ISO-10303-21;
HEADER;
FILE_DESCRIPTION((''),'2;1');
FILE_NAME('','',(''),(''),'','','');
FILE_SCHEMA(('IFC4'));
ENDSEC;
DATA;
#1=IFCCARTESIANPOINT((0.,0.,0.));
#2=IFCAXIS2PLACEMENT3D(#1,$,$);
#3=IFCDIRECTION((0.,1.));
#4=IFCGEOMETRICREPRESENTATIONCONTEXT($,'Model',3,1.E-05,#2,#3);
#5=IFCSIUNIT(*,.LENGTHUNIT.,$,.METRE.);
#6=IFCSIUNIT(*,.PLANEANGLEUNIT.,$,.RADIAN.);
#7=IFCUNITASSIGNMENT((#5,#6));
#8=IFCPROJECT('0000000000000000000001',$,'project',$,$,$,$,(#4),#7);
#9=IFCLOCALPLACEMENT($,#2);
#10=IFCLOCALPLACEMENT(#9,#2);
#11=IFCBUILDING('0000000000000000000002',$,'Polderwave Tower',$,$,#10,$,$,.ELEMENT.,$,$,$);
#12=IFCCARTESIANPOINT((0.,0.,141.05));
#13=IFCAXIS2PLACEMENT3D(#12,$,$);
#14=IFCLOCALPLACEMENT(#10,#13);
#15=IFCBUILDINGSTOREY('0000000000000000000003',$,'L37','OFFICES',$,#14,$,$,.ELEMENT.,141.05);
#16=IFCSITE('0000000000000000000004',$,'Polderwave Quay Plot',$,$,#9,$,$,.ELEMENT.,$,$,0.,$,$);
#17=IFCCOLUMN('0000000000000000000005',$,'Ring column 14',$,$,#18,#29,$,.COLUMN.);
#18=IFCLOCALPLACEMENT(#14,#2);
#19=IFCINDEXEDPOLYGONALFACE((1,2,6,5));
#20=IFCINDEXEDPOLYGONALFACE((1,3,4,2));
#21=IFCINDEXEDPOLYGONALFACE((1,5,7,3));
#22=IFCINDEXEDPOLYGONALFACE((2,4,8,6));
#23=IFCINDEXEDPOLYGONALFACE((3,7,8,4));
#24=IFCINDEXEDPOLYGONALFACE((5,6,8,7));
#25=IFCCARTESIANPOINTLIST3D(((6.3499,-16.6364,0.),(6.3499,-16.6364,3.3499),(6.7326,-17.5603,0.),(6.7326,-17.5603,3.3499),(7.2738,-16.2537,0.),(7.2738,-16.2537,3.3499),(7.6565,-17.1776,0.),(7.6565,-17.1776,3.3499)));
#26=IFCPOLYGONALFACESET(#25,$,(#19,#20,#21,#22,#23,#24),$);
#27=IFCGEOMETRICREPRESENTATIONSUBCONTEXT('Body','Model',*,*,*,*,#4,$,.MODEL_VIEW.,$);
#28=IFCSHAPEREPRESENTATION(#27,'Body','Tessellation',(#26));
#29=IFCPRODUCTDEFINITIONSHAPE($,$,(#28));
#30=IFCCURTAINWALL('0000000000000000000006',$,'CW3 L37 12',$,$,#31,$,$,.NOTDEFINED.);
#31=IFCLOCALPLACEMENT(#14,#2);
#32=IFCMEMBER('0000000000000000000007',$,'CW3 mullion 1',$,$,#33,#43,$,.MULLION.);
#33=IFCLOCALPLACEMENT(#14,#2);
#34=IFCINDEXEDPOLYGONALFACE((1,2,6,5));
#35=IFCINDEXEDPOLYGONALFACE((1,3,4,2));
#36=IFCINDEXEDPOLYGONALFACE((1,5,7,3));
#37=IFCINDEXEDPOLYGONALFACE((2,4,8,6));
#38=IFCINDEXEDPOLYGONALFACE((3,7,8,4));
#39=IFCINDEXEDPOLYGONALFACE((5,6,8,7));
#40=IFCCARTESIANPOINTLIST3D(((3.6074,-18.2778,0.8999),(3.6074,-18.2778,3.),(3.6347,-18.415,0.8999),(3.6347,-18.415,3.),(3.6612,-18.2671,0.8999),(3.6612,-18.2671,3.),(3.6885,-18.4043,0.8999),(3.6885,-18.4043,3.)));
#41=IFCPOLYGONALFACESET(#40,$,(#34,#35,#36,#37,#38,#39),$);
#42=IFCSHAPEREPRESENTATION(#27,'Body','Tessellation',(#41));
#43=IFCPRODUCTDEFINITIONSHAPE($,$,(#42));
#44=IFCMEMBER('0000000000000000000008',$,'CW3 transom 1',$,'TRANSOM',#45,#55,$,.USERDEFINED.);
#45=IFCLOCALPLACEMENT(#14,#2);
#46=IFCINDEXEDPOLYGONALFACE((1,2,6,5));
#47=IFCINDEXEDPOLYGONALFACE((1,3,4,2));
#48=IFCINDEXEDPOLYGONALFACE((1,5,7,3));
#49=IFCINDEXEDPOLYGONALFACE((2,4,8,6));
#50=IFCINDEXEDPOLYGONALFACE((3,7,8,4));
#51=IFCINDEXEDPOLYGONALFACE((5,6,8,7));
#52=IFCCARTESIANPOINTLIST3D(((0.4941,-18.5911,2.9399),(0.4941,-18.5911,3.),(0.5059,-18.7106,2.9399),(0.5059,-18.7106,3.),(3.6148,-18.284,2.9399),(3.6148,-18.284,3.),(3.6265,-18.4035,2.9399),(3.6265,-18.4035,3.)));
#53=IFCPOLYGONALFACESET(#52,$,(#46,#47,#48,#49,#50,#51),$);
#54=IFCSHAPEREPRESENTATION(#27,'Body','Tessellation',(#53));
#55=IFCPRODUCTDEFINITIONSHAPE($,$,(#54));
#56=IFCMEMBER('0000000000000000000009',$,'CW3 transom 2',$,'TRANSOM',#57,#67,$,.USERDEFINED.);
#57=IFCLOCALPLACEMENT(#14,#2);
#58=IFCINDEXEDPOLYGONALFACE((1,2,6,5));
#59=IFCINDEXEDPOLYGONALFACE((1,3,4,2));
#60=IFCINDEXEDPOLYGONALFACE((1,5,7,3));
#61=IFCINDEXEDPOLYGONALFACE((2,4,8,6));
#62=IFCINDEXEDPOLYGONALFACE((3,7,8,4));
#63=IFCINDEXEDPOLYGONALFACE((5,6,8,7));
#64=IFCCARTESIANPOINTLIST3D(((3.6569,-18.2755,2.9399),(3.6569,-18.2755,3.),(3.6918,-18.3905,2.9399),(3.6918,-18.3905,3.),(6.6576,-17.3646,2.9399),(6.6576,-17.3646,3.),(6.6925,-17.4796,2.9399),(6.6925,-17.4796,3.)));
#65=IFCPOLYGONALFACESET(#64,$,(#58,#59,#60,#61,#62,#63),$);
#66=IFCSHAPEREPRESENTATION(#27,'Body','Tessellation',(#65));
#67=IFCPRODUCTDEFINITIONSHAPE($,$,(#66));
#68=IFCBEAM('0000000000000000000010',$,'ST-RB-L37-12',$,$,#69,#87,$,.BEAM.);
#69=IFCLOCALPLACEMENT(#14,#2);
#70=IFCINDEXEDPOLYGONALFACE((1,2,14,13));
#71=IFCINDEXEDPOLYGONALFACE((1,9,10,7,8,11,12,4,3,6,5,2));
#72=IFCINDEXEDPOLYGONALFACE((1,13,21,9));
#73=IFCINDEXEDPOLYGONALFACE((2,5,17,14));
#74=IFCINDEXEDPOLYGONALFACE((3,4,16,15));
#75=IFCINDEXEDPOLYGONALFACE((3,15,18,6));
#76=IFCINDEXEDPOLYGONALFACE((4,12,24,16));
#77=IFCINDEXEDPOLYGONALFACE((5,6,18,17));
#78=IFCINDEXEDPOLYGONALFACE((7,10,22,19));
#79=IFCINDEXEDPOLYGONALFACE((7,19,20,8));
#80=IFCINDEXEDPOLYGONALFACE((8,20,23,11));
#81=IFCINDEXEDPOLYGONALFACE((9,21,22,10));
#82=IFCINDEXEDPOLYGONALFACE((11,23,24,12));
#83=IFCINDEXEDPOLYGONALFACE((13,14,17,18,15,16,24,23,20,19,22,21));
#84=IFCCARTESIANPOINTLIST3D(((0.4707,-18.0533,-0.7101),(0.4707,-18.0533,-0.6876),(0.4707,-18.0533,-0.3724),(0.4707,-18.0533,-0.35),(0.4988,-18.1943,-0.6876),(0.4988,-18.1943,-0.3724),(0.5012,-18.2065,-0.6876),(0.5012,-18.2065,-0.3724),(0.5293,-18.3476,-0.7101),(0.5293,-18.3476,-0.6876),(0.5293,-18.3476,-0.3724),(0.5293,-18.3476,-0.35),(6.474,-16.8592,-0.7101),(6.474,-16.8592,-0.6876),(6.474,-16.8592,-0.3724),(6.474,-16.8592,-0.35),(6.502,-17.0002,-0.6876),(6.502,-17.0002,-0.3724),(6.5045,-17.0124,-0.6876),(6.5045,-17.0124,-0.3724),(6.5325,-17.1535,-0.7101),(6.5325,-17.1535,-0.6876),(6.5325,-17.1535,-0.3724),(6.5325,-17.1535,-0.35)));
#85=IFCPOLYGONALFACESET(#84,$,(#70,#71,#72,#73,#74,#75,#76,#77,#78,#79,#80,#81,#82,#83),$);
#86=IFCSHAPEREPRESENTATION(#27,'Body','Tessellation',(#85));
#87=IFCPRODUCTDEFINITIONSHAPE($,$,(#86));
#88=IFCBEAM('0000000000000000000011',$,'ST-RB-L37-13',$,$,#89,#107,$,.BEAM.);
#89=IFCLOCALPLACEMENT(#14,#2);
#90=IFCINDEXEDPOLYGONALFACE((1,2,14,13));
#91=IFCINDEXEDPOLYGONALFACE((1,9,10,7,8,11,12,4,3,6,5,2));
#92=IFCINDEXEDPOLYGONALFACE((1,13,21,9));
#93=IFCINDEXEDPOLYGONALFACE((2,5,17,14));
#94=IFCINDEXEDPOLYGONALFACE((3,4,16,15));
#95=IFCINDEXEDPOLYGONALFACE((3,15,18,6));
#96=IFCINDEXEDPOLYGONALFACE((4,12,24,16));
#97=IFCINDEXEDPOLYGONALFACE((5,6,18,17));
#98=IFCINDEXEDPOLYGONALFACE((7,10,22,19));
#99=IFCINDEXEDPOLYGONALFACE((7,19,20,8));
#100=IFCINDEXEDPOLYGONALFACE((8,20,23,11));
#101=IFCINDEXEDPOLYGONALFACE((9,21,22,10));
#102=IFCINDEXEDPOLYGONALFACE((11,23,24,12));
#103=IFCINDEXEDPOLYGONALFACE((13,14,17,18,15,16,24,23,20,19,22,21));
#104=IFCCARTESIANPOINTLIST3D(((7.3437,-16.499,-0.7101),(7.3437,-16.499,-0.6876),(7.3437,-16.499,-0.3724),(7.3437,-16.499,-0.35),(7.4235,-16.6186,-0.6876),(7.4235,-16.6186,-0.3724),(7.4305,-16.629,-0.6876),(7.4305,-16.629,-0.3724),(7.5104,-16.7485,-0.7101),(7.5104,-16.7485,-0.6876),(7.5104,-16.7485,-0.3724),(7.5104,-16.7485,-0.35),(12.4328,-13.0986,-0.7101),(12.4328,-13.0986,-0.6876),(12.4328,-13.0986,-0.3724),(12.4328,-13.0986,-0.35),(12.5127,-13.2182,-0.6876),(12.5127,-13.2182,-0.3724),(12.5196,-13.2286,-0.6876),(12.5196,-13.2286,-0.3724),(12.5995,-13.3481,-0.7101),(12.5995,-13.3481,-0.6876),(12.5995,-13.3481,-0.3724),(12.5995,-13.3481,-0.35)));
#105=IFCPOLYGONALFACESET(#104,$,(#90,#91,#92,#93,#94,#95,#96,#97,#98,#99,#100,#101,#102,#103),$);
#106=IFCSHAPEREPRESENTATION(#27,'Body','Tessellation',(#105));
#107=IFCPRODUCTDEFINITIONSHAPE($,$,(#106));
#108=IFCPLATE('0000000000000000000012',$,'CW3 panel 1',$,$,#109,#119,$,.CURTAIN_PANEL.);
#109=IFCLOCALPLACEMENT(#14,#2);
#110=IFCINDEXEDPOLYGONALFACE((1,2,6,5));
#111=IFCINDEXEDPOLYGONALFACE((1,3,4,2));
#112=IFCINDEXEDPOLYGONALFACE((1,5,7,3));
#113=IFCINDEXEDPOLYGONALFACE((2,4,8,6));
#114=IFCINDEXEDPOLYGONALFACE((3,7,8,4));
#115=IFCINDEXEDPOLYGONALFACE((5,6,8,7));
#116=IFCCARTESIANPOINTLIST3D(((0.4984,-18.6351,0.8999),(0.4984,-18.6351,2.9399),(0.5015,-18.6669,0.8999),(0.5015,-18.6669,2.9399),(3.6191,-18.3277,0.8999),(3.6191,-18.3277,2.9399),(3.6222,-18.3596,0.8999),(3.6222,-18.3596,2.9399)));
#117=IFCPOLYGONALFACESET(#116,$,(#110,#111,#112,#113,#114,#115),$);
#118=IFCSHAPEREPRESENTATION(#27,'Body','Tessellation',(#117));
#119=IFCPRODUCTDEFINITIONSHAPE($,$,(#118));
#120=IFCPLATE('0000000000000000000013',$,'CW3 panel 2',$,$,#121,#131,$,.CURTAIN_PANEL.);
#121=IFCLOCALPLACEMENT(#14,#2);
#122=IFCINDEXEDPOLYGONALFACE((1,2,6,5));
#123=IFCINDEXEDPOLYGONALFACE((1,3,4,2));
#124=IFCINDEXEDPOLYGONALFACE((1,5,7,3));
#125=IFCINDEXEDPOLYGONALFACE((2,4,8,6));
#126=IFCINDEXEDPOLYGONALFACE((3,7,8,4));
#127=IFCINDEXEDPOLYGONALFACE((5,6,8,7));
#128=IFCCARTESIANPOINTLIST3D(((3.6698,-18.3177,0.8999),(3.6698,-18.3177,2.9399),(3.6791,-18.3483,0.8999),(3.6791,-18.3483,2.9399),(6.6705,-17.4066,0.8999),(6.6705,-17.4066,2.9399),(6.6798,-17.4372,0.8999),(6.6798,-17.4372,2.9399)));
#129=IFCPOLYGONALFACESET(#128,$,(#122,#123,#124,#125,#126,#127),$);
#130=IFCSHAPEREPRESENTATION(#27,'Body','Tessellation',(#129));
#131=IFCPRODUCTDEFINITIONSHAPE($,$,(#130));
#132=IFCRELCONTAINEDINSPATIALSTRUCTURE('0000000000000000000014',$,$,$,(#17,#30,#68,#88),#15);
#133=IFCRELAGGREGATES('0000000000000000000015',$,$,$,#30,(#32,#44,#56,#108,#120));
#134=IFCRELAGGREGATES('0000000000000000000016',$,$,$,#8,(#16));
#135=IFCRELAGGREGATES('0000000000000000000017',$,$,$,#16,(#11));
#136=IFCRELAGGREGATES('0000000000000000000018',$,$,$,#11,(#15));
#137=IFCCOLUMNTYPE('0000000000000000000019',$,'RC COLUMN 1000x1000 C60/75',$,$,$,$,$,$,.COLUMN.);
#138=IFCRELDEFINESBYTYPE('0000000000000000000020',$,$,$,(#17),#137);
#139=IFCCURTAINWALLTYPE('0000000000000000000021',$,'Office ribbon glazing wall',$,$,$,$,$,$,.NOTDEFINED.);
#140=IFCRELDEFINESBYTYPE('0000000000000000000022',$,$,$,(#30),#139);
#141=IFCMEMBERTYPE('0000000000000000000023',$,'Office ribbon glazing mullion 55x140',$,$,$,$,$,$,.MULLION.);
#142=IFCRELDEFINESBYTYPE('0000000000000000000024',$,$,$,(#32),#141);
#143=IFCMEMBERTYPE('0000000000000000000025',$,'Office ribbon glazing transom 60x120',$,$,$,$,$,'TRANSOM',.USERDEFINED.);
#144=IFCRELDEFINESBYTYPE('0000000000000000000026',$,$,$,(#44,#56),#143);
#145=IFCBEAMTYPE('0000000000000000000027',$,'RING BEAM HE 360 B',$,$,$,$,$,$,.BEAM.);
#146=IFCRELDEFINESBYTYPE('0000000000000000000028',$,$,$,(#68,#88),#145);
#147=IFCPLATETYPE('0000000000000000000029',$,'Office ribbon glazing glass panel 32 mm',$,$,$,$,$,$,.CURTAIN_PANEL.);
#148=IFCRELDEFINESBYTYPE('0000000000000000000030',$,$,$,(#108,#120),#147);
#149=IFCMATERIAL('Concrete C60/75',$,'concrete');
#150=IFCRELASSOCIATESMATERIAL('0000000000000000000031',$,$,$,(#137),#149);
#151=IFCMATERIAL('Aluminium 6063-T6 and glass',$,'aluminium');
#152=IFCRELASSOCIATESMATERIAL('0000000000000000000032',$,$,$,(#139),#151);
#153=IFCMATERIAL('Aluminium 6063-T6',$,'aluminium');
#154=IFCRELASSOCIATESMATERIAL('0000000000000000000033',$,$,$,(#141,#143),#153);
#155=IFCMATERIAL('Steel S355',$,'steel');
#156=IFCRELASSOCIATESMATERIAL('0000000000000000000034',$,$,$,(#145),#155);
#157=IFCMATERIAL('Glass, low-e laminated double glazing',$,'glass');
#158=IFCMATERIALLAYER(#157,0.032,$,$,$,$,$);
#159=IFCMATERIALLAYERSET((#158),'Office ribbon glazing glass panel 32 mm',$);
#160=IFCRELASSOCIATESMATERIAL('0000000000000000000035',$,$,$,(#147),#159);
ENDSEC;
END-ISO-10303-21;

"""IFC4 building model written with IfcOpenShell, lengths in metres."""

from ifc_helpers import new_model, si_unit, direction, frame, origin, origin_2d, place, context, subcontext, project, spatial, rectangle, i_section, extrude, material, layer, layer_set, material_profile, profile_set, type_object, element, aggregate, save


model = new_model("IFC4")

# Units and contexts
model_context = context("Model", 3, precision=1e-05, world=origin(), true_north=direction((0.0, 1.0)))
body_context = subcontext(model_context, "Body", "Model", "MODEL_VIEW")
ifc_project = project(units=[si_unit("LENGTHUNIT", "METRE"), si_unit("PLANEANGLEUNIT", "RADIAN")], contexts=[model_context])

# Site, building, storey
site_placement = place(None, origin())
site = spatial("IfcSite", under=ifc_project, at=site_placement, Name="Polderwave Quay Plot", CompositionType="ELEMENT", RefElevation=0.0)
building_placement = place(site_placement, origin())
building = spatial("IfcBuilding", under=site, at=building_placement, Name="Polderwave Tower", CompositionType="ELEMENT")
storey_placement = place(building_placement, frame((0.0, 0.0, 141.05)))
storey = spatial("IfcBuildingStorey", under=building, at=storey_placement, Name="L37", Description="OFFICES", CompositionType="ELEMENT", Elevation=141.05)

# Column
ifc_material_1 = material(Name="Concrete C60/75", Category="concrete")
ifc_material_profile_1 = material_profile(ifc_material_1, rectangle(XDim=1.0, YDim=1.0, at=origin_2d()), Name="RC 1000x1000")
ifc_profile_set_1 = profile_set([ifc_material_profile_1], Name="Concrete C60/75")
column_type = type_object("IfcColumnType", Name="RC COLUMN 1000x1000 C60/75", PredefinedType="COLUMN", material=ifc_profile_set_1)
column_placement = place(storey_placement, frame((7.0032, -16.907, 0.0), z_axis=(0.0, 0.0, 1.0), x_axis=(0.382683, -0.92388, 0.0)))
element("IfcColumn", 1, at=column_placement, inside=storey, type_object=column_type, Name="Ring column 14", PredefinedType="COLUMN", context=body_context, shape_type="SweptSolid", body=[
    extrude(rectangle(XDim=1.0, YDim=1.0, at=origin_2d()), origin(), (0.0, 0.0, 1.0), 3.3499),
])

# Curtain wall, members
ifc_material_2 = material(Name="Aluminium 6063-T6 and glass", Category="aluminium")
curtain_wall_type = type_object("IfcCurtainWallType", Name="Office ribbon glazing wall", PredefinedType="NOTDEFINED", material=ifc_material_2)
curtain_wall_placement = place(storey_placement, origin())
curtain_wall = element("IfcCurtainWall", 2, at=curtain_wall_placement, inside=storey, type_object=curtain_wall_type, Name="CW3 L37 12", PredefinedType="NOTDEFINED")
ifc_material_3 = material(Name="Aluminium 6063-T6", Category="aluminium")
ifc_material_profile_2 = material_profile(ifc_material_3, rectangle(XDim=0.1399, YDim=0.0549, at=origin_2d()), Name="AL 55x140")
ifc_profile_set_2 = profile_set([ifc_material_profile_2], Name="Aluminium 6063-T6")
member_type_1 = type_object("IfcMemberType", Name="Office ribbon glazing mullion 55x140", PredefinedType="MULLION", material=ifc_profile_set_2)
member_1_placement = place(storey_placement, frame((3.6479, -18.3411, 0.8999), z_axis=(0.0, 0.0, 1.0), x_axis=(-0.195196, 0.980764, 0.0)))
member_1 = element("IfcMember", 3, at=member_1_placement, type_object=member_type_1, Name="CW3 mullion 1", PredefinedType="MULLION", context=body_context, shape_type="SweptSolid", body=[
    extrude(rectangle(XDim=0.1399, YDim=0.0549, at=origin_2d()), origin(), (0.0, 0.0, 1.0), 2.1001),
])
ifc_material_profile_3 = material_profile(ifc_material_3, rectangle(XDim=0.1201, YDim=0.0601, at=origin_2d()), Name="AL 60x120")
ifc_profile_set_3 = profile_set([ifc_material_profile_3], Name="Aluminium 6063-T6")
member_type_2 = type_object("IfcMemberType", Name="Office ribbon glazing transom 60x120", ElementType="TRANSOM", PredefinedType="USERDEFINED", material=ifc_profile_set_3)
member_2_placement = place(storey_placement, frame((0.5, -18.6509, 2.97), z_axis=(0.995192, 0.097946, 0.0), x_axis=(-0.097946, 0.995192, 0.0)))
member_2 = element("IfcMember", 4, at=member_2_placement, type_object=member_type_2, Name="CW3 transom 1", ObjectType="TRANSOM", PredefinedType="USERDEFINED", context=body_context, shape_type="SweptSolid", body=[
    extrude(rectangle(XDim=0.1201, YDim=0.0601, at=origin_2d()), origin(), (0.0, 0.0, 1.0), 3.1357),
])
member_3_placement = place(storey_placement, frame((3.6743, -18.333, 2.97), z_axis=(0.956885, 0.290468, 0.0), x_axis=(-0.290468, 0.956885, 0.0)))
member_3 = element("IfcMember", 5, at=member_3_placement, type_object=member_type_2, Name="CW3 transom 2", ObjectType="TRANSOM", PredefinedType="USERDEFINED", context=body_context, shape_type="SweptSolid", body=[
    extrude(rectangle(XDim=0.1201, YDim=0.0601, at=origin_2d()), origin(), (0.0, 0.0, 1.0), 3.136),
])

# Beams
ifc_material_4 = material(Name="Steel S355", Category="steel")
ifc_material_profile_4 = material_profile(ifc_material_4, i_section(OverallWidth=0.3, OverallDepth=0.3601, WebThickness=0.0125, FlangeThickness=0.0225, at=origin_2d()), Name="HE 360 B")
ifc_profile_set_4 = profile_set([ifc_material_profile_4], Name="Steel S355")
beam_type = type_object("IfcBeamType", Name="RING BEAM HE 360 B", PredefinedType="BEAM", material=ifc_profile_set_4)
beam_1_placement = place(storey_placement, frame((0.5, -18.2004, -0.53), z_axis=(0.980786, 0.195088, 0.0), x_axis=(-0.195088, 0.980786, 0.0)))
element("IfcBeam", 6, at=beam_1_placement, inside=storey, type_object=beam_type, Name="ST-RB-L37-12", PredefinedType="BEAM", context=body_context, shape_type="SweptSolid", body=[
    extrude(i_section(OverallWidth=0.3, OverallDepth=0.3601, WebThickness=0.0125, FlangeThickness=0.0225, at=origin_2d()), origin(), (0.0, 0.0, 1.0), 6.1208),
])
beam_2_placement = place(storey_placement, frame((7.427, -16.6238, -0.53), z_axis=(0.831473, 0.555565, 0.0), x_axis=(-0.555565, 0.831473, 0.0)))
element("IfcBeam", 7, at=beam_2_placement, inside=storey, type_object=beam_type, Name="ST-RB-L37-13", PredefinedType="BEAM", context=body_context, shape_type="SweptSolid", body=[
    extrude(i_section(OverallWidth=0.3, OverallDepth=0.3601, WebThickness=0.0125, FlangeThickness=0.0225, at=origin_2d()), origin(), (0.0, 0.0, 1.0), 6.1206),
])

# Plates
ifc_material_5 = material(Name="Glass, low-e laminated double glazing", Category="glass")
ifc_layer_1 = layer(ifc_material_5, 0.032)
ifc_layer_set_1 = layer_set([ifc_layer_1], Name="Office ribbon glazing glass panel 32 mm")
plate_type = type_object("IfcPlateType", Name="Office ribbon glazing glass panel 32 mm", PredefinedType="CURTAIN_PANEL", material=ifc_layer_set_1)
plate_1_placement = place(storey_placement, frame((2.0603, -18.4973, 0.8999), z_axis=(0.0, 0.0, 1.0), x_axis=(0.995186, 0.098002, 0.0)))
plate_1 = element("IfcPlate", 8, at=plate_1_placement, type_object=plate_type, Name="CW3 panel 1", PredefinedType="CURTAIN_PANEL", context=body_context, shape_type="SweptSolid", body=[
    extrude(rectangle(XDim=3.1357, YDim=0.032, at=origin_2d()), origin(), (0.0, 0.0, 1.0), 2.04),
])
plate_2_placement = place(storey_placement, frame((5.1748, -17.8774, 0.8999), z_axis=(0.0, 0.0, 1.0), x_axis=(0.956873, 0.290507, 0.0)))
plate_2 = element("IfcPlate", 9, at=plate_2_placement, type_object=plate_type, Name="CW3 panel 2", PredefinedType="CURTAIN_PANEL", context=body_context, shape_type="SweptSolid", body=[
    extrude(rectangle(XDim=3.136, YDim=0.032, at=origin_2d()), origin(), (0.0, 0.0, 1.0), 2.04),
])
aggregate(curtain_wall, [member_1, member_2, member_3, plate_1, plate_2])

save(model, "model.ifc")
